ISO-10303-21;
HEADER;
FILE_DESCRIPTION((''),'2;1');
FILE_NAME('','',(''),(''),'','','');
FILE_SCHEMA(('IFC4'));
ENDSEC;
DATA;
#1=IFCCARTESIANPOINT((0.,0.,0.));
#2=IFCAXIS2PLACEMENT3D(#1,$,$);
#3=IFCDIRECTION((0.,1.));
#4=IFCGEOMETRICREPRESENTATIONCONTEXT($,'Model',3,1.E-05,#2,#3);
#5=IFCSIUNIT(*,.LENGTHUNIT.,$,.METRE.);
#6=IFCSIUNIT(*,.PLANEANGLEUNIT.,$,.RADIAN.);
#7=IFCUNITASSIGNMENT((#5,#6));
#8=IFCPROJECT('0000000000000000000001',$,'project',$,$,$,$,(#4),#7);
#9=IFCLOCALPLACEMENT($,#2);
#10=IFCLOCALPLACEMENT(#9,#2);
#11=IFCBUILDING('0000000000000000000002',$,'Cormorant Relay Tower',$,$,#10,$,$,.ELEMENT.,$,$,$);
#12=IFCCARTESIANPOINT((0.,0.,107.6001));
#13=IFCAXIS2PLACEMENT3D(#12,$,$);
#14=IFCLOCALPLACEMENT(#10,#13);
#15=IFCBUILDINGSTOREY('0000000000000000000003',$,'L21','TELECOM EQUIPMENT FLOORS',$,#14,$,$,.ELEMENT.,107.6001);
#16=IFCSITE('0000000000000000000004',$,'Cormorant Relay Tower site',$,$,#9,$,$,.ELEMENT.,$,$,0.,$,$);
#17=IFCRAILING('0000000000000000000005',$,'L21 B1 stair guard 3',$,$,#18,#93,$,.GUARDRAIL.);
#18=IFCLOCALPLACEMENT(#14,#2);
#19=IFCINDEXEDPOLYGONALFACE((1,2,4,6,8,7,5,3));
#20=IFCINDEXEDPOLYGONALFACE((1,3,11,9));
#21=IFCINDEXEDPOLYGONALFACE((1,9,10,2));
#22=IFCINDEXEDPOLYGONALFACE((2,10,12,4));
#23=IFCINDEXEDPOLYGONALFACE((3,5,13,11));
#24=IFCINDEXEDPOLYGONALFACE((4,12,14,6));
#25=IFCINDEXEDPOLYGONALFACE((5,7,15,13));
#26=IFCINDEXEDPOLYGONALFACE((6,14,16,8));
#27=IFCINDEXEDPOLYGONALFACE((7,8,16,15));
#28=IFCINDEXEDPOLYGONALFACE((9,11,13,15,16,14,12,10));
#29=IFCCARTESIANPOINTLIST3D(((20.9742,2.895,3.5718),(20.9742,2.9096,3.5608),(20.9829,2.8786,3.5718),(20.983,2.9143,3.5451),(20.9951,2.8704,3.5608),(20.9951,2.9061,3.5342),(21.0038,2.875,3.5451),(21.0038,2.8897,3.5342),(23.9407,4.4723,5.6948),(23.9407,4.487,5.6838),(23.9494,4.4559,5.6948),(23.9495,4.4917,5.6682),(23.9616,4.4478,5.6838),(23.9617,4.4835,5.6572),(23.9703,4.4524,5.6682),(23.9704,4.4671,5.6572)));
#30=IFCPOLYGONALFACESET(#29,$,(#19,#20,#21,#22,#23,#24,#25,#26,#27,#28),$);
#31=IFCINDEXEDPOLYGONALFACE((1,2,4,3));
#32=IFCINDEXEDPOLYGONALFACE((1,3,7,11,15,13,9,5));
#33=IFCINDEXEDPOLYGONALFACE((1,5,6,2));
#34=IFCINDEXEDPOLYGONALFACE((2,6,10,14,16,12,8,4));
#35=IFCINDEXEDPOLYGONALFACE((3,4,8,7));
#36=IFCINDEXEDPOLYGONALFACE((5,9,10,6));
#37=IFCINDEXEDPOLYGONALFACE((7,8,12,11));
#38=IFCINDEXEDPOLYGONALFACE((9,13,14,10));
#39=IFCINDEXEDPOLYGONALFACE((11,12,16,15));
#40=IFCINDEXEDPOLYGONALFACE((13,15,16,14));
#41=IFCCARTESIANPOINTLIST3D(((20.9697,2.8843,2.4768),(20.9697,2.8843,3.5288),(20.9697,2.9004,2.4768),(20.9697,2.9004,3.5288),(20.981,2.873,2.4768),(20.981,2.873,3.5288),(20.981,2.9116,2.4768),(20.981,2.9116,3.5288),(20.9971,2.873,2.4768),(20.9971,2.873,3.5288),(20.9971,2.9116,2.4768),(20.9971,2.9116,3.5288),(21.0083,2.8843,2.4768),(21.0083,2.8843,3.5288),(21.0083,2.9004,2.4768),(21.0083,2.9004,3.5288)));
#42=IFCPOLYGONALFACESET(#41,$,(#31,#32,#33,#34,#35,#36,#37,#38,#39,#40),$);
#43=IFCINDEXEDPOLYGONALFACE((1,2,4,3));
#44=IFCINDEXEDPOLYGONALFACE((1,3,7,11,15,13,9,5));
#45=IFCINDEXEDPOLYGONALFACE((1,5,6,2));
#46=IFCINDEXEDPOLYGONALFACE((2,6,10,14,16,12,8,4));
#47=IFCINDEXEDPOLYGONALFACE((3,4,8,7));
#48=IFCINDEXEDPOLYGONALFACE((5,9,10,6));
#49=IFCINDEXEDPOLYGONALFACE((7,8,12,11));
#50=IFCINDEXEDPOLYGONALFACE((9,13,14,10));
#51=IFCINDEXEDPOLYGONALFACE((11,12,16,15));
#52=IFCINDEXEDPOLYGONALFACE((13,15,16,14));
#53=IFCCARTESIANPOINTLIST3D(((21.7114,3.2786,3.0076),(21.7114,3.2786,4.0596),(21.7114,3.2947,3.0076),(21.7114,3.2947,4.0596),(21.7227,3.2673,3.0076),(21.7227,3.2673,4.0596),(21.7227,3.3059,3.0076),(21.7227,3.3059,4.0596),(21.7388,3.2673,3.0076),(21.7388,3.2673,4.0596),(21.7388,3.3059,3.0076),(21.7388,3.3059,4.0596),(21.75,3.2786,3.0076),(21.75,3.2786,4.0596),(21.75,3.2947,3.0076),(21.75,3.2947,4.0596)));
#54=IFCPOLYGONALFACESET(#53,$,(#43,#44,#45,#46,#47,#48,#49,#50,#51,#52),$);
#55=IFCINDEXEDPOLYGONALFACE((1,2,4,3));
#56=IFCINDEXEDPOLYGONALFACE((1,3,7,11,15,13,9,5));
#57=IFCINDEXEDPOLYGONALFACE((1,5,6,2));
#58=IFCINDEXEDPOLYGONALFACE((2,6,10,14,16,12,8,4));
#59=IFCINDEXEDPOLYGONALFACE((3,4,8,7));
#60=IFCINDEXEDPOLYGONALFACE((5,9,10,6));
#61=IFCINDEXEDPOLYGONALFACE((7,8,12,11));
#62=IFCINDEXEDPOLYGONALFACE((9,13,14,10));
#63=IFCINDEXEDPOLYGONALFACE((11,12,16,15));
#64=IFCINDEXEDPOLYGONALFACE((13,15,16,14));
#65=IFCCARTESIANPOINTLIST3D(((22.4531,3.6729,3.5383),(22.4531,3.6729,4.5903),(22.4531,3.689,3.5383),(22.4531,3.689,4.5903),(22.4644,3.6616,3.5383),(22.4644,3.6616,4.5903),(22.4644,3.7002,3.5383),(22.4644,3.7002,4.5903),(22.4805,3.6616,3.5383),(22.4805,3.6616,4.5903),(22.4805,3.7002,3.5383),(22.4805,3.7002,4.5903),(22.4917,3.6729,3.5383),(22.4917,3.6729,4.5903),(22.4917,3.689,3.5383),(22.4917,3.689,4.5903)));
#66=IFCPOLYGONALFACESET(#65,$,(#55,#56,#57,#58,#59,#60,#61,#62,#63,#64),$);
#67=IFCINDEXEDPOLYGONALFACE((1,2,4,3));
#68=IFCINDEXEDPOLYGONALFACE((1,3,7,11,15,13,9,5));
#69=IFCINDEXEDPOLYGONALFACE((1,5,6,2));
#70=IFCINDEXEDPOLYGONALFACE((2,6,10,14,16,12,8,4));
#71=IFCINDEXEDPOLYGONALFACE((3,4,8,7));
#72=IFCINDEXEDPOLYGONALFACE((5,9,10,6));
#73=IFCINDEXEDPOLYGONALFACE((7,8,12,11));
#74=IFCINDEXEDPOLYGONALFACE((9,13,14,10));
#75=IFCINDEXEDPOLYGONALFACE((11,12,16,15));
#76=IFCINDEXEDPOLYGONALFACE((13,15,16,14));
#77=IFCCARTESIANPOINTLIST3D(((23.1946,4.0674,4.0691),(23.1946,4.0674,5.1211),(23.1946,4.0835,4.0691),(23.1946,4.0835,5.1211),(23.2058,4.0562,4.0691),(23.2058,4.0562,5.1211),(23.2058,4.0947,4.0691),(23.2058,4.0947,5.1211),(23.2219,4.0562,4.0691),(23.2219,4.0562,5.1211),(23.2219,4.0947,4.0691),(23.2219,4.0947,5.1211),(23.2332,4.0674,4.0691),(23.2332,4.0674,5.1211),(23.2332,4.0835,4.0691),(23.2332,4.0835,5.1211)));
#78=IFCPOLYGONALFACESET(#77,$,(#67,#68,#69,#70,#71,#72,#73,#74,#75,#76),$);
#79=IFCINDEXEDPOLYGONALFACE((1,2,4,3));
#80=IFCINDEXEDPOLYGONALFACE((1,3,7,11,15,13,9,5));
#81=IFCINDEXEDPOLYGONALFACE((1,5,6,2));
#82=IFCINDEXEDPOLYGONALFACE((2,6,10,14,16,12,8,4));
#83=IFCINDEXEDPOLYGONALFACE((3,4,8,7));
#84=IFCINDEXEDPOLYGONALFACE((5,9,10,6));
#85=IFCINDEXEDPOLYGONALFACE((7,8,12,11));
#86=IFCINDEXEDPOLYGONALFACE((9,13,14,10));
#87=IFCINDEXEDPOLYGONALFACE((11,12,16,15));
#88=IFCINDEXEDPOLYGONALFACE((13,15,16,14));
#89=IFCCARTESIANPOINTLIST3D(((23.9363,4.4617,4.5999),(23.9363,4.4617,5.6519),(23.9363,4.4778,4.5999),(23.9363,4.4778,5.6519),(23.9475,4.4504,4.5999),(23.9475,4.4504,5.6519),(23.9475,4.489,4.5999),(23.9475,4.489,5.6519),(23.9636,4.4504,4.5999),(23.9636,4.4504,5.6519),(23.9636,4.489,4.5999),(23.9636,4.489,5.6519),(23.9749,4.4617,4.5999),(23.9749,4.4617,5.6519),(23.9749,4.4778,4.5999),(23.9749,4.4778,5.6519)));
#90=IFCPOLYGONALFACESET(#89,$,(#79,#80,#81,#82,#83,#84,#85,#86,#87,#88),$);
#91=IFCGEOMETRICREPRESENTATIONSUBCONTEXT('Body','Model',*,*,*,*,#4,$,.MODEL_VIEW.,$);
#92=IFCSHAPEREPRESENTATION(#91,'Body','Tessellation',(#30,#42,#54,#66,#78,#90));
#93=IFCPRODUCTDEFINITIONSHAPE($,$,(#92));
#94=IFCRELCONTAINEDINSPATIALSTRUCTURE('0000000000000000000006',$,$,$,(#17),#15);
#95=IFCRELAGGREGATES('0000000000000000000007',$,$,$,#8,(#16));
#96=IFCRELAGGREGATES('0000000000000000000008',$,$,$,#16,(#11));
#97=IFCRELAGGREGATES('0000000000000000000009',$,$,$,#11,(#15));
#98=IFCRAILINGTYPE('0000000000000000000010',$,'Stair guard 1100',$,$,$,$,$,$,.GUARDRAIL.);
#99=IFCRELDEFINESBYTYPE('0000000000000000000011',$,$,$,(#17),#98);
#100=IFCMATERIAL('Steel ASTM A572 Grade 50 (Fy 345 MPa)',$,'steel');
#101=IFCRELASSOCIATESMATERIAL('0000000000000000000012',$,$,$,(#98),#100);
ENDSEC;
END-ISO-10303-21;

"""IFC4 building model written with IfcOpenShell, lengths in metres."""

from ifc_helpers import new_model, si_unit, direction, frame, origin, place, context, subcontext, project, spatial, polyline, outline, extrude, material, type_object, element, save


model = new_model("IFC4")

# Units and contexts
model_context = context("Model", 3, precision=1e-05, world=origin(), true_north=direction((0.0, 1.0)))
body_context = subcontext(model_context, "Body", "Model", "MODEL_VIEW")
ifc_project = project(units=[si_unit("LENGTHUNIT", "METRE"), si_unit("PLANEANGLEUNIT", "RADIAN")], contexts=[model_context])

# Site, building, storey
site_placement = place(None, origin())
site = spatial("IfcSite", under=ifc_project, at=site_placement, Name="Cormorant Relay Tower site", CompositionType="ELEMENT", RefElevation=0.0)
building_placement = place(site_placement, origin())
building = spatial("IfcBuilding", under=site, at=building_placement, Name="Cormorant Relay Tower", CompositionType="ELEMENT")
storey_placement = place(building_placement, frame((0.0, 0.0, 107.6001)))
storey = spatial("IfcBuildingStorey", under=building, at=storey_placement, Name="L21", Description="TELECOM EQUIPMENT FLOORS", CompositionType="ELEMENT", Elevation=107.6001)

# Railing
ifc_material_1 = material(Name="Steel ASTM A572 Grade 50 (Fy 345 MPa)", Category="steel")
railing_type = type_object("IfcRailingType", Name="Stair guard 1100", PredefinedType="GUARDRAIL", material=ifc_material_1)
railing_1_placement = place(storey_placement, frame((20.989, 2.8923, 2.4768)))
element("IfcRailing", 1, at=railing_1_placement, inside=storey, type_object=railing_type, Name="L21 B1 stair guard 3", PredefinedType="GUARDRAIL", context=body_context, shape_type="SweptSolid", body=[
    extrude(outline(polyline([(0.0222, 0.0093), (0.0093, 0.0222), (-0.0093, 0.0222), (-0.0222, 0.0093), (-0.0222, -0.0093), (-0.0093, -0.0222), (0.0093, -0.0222), (0.0222, -0.0093), (0.0222, 0.0093)])), frame((0.0, 0.0, 1.0762), z_axis=(0.746413, 0.396887, 0.534179), x_axis=(-0.469483, 0.882942, 0.0)), (0.0, 0.0, 1.0), 3.9744),
    extrude(outline(polyline([(0.0193, 0.0081), (0.0081, 0.0193), (-0.0081, 0.0193), (-0.0193, 0.0081), (-0.0193, -0.0081), (-0.0081, -0.0193), (0.0081, -0.0193), (0.0193, -0.0081), (0.0193, 0.0081)])), origin(), (0.0, 0.0, 1.0), 1.052),
    extrude(outline(polyline([(0.0193, 0.0081), (0.0081, 0.0193), (-0.0081, 0.0193), (-0.0193, 0.0081), (-0.0193, -0.0081), (-0.0081, -0.0193), (0.0081, -0.0193), (0.0193, -0.0081), (0.0193, 0.0081)])), frame((0.7417, 0.3943, 0.5308)), (0.0, 0.0, 1.0), 1.052),
    extrude(outline(polyline([(0.0193, 0.0081), (0.0081, 0.0193), (-0.0081, 0.0193), (-0.0193, 0.0081), (-0.0193, -0.0081), (-0.0081, -0.0193), (0.0081, -0.0193), (0.0193, -0.0081), (0.0193, 0.0081)])), frame((1.4834, 0.7886, 1.0615)), (0.0, 0.0, 1.0), 1.052),
    extrude(outline(polyline([(0.0193, 0.0081), (0.0081, 0.0193), (-0.0081, 0.0193), (-0.0193, 0.0081), (-0.0193, -0.0081), (-0.0081, -0.0193), (0.0081, -0.0193), (0.0193, -0.0081), (0.0193, 0.0081)])), frame((2.2249, 1.1831, 1.5923)), (0.0, 0.0, 1.0), 1.052),
    extrude(outline(polyline([(0.0193, 0.0081), (0.0081, 0.0193), (-0.0081, 0.0193), (-0.0193, 0.0081), (-0.0193, -0.0081), (-0.0081, -0.0193), (0.0081, -0.0193), (0.0193, -0.0081), (0.0193, 0.0081)])), frame((2.9666, 1.5774, 2.123)), (0.0, 0.0, 1.0), 1.052),
])

save(model, "model.ifc")
